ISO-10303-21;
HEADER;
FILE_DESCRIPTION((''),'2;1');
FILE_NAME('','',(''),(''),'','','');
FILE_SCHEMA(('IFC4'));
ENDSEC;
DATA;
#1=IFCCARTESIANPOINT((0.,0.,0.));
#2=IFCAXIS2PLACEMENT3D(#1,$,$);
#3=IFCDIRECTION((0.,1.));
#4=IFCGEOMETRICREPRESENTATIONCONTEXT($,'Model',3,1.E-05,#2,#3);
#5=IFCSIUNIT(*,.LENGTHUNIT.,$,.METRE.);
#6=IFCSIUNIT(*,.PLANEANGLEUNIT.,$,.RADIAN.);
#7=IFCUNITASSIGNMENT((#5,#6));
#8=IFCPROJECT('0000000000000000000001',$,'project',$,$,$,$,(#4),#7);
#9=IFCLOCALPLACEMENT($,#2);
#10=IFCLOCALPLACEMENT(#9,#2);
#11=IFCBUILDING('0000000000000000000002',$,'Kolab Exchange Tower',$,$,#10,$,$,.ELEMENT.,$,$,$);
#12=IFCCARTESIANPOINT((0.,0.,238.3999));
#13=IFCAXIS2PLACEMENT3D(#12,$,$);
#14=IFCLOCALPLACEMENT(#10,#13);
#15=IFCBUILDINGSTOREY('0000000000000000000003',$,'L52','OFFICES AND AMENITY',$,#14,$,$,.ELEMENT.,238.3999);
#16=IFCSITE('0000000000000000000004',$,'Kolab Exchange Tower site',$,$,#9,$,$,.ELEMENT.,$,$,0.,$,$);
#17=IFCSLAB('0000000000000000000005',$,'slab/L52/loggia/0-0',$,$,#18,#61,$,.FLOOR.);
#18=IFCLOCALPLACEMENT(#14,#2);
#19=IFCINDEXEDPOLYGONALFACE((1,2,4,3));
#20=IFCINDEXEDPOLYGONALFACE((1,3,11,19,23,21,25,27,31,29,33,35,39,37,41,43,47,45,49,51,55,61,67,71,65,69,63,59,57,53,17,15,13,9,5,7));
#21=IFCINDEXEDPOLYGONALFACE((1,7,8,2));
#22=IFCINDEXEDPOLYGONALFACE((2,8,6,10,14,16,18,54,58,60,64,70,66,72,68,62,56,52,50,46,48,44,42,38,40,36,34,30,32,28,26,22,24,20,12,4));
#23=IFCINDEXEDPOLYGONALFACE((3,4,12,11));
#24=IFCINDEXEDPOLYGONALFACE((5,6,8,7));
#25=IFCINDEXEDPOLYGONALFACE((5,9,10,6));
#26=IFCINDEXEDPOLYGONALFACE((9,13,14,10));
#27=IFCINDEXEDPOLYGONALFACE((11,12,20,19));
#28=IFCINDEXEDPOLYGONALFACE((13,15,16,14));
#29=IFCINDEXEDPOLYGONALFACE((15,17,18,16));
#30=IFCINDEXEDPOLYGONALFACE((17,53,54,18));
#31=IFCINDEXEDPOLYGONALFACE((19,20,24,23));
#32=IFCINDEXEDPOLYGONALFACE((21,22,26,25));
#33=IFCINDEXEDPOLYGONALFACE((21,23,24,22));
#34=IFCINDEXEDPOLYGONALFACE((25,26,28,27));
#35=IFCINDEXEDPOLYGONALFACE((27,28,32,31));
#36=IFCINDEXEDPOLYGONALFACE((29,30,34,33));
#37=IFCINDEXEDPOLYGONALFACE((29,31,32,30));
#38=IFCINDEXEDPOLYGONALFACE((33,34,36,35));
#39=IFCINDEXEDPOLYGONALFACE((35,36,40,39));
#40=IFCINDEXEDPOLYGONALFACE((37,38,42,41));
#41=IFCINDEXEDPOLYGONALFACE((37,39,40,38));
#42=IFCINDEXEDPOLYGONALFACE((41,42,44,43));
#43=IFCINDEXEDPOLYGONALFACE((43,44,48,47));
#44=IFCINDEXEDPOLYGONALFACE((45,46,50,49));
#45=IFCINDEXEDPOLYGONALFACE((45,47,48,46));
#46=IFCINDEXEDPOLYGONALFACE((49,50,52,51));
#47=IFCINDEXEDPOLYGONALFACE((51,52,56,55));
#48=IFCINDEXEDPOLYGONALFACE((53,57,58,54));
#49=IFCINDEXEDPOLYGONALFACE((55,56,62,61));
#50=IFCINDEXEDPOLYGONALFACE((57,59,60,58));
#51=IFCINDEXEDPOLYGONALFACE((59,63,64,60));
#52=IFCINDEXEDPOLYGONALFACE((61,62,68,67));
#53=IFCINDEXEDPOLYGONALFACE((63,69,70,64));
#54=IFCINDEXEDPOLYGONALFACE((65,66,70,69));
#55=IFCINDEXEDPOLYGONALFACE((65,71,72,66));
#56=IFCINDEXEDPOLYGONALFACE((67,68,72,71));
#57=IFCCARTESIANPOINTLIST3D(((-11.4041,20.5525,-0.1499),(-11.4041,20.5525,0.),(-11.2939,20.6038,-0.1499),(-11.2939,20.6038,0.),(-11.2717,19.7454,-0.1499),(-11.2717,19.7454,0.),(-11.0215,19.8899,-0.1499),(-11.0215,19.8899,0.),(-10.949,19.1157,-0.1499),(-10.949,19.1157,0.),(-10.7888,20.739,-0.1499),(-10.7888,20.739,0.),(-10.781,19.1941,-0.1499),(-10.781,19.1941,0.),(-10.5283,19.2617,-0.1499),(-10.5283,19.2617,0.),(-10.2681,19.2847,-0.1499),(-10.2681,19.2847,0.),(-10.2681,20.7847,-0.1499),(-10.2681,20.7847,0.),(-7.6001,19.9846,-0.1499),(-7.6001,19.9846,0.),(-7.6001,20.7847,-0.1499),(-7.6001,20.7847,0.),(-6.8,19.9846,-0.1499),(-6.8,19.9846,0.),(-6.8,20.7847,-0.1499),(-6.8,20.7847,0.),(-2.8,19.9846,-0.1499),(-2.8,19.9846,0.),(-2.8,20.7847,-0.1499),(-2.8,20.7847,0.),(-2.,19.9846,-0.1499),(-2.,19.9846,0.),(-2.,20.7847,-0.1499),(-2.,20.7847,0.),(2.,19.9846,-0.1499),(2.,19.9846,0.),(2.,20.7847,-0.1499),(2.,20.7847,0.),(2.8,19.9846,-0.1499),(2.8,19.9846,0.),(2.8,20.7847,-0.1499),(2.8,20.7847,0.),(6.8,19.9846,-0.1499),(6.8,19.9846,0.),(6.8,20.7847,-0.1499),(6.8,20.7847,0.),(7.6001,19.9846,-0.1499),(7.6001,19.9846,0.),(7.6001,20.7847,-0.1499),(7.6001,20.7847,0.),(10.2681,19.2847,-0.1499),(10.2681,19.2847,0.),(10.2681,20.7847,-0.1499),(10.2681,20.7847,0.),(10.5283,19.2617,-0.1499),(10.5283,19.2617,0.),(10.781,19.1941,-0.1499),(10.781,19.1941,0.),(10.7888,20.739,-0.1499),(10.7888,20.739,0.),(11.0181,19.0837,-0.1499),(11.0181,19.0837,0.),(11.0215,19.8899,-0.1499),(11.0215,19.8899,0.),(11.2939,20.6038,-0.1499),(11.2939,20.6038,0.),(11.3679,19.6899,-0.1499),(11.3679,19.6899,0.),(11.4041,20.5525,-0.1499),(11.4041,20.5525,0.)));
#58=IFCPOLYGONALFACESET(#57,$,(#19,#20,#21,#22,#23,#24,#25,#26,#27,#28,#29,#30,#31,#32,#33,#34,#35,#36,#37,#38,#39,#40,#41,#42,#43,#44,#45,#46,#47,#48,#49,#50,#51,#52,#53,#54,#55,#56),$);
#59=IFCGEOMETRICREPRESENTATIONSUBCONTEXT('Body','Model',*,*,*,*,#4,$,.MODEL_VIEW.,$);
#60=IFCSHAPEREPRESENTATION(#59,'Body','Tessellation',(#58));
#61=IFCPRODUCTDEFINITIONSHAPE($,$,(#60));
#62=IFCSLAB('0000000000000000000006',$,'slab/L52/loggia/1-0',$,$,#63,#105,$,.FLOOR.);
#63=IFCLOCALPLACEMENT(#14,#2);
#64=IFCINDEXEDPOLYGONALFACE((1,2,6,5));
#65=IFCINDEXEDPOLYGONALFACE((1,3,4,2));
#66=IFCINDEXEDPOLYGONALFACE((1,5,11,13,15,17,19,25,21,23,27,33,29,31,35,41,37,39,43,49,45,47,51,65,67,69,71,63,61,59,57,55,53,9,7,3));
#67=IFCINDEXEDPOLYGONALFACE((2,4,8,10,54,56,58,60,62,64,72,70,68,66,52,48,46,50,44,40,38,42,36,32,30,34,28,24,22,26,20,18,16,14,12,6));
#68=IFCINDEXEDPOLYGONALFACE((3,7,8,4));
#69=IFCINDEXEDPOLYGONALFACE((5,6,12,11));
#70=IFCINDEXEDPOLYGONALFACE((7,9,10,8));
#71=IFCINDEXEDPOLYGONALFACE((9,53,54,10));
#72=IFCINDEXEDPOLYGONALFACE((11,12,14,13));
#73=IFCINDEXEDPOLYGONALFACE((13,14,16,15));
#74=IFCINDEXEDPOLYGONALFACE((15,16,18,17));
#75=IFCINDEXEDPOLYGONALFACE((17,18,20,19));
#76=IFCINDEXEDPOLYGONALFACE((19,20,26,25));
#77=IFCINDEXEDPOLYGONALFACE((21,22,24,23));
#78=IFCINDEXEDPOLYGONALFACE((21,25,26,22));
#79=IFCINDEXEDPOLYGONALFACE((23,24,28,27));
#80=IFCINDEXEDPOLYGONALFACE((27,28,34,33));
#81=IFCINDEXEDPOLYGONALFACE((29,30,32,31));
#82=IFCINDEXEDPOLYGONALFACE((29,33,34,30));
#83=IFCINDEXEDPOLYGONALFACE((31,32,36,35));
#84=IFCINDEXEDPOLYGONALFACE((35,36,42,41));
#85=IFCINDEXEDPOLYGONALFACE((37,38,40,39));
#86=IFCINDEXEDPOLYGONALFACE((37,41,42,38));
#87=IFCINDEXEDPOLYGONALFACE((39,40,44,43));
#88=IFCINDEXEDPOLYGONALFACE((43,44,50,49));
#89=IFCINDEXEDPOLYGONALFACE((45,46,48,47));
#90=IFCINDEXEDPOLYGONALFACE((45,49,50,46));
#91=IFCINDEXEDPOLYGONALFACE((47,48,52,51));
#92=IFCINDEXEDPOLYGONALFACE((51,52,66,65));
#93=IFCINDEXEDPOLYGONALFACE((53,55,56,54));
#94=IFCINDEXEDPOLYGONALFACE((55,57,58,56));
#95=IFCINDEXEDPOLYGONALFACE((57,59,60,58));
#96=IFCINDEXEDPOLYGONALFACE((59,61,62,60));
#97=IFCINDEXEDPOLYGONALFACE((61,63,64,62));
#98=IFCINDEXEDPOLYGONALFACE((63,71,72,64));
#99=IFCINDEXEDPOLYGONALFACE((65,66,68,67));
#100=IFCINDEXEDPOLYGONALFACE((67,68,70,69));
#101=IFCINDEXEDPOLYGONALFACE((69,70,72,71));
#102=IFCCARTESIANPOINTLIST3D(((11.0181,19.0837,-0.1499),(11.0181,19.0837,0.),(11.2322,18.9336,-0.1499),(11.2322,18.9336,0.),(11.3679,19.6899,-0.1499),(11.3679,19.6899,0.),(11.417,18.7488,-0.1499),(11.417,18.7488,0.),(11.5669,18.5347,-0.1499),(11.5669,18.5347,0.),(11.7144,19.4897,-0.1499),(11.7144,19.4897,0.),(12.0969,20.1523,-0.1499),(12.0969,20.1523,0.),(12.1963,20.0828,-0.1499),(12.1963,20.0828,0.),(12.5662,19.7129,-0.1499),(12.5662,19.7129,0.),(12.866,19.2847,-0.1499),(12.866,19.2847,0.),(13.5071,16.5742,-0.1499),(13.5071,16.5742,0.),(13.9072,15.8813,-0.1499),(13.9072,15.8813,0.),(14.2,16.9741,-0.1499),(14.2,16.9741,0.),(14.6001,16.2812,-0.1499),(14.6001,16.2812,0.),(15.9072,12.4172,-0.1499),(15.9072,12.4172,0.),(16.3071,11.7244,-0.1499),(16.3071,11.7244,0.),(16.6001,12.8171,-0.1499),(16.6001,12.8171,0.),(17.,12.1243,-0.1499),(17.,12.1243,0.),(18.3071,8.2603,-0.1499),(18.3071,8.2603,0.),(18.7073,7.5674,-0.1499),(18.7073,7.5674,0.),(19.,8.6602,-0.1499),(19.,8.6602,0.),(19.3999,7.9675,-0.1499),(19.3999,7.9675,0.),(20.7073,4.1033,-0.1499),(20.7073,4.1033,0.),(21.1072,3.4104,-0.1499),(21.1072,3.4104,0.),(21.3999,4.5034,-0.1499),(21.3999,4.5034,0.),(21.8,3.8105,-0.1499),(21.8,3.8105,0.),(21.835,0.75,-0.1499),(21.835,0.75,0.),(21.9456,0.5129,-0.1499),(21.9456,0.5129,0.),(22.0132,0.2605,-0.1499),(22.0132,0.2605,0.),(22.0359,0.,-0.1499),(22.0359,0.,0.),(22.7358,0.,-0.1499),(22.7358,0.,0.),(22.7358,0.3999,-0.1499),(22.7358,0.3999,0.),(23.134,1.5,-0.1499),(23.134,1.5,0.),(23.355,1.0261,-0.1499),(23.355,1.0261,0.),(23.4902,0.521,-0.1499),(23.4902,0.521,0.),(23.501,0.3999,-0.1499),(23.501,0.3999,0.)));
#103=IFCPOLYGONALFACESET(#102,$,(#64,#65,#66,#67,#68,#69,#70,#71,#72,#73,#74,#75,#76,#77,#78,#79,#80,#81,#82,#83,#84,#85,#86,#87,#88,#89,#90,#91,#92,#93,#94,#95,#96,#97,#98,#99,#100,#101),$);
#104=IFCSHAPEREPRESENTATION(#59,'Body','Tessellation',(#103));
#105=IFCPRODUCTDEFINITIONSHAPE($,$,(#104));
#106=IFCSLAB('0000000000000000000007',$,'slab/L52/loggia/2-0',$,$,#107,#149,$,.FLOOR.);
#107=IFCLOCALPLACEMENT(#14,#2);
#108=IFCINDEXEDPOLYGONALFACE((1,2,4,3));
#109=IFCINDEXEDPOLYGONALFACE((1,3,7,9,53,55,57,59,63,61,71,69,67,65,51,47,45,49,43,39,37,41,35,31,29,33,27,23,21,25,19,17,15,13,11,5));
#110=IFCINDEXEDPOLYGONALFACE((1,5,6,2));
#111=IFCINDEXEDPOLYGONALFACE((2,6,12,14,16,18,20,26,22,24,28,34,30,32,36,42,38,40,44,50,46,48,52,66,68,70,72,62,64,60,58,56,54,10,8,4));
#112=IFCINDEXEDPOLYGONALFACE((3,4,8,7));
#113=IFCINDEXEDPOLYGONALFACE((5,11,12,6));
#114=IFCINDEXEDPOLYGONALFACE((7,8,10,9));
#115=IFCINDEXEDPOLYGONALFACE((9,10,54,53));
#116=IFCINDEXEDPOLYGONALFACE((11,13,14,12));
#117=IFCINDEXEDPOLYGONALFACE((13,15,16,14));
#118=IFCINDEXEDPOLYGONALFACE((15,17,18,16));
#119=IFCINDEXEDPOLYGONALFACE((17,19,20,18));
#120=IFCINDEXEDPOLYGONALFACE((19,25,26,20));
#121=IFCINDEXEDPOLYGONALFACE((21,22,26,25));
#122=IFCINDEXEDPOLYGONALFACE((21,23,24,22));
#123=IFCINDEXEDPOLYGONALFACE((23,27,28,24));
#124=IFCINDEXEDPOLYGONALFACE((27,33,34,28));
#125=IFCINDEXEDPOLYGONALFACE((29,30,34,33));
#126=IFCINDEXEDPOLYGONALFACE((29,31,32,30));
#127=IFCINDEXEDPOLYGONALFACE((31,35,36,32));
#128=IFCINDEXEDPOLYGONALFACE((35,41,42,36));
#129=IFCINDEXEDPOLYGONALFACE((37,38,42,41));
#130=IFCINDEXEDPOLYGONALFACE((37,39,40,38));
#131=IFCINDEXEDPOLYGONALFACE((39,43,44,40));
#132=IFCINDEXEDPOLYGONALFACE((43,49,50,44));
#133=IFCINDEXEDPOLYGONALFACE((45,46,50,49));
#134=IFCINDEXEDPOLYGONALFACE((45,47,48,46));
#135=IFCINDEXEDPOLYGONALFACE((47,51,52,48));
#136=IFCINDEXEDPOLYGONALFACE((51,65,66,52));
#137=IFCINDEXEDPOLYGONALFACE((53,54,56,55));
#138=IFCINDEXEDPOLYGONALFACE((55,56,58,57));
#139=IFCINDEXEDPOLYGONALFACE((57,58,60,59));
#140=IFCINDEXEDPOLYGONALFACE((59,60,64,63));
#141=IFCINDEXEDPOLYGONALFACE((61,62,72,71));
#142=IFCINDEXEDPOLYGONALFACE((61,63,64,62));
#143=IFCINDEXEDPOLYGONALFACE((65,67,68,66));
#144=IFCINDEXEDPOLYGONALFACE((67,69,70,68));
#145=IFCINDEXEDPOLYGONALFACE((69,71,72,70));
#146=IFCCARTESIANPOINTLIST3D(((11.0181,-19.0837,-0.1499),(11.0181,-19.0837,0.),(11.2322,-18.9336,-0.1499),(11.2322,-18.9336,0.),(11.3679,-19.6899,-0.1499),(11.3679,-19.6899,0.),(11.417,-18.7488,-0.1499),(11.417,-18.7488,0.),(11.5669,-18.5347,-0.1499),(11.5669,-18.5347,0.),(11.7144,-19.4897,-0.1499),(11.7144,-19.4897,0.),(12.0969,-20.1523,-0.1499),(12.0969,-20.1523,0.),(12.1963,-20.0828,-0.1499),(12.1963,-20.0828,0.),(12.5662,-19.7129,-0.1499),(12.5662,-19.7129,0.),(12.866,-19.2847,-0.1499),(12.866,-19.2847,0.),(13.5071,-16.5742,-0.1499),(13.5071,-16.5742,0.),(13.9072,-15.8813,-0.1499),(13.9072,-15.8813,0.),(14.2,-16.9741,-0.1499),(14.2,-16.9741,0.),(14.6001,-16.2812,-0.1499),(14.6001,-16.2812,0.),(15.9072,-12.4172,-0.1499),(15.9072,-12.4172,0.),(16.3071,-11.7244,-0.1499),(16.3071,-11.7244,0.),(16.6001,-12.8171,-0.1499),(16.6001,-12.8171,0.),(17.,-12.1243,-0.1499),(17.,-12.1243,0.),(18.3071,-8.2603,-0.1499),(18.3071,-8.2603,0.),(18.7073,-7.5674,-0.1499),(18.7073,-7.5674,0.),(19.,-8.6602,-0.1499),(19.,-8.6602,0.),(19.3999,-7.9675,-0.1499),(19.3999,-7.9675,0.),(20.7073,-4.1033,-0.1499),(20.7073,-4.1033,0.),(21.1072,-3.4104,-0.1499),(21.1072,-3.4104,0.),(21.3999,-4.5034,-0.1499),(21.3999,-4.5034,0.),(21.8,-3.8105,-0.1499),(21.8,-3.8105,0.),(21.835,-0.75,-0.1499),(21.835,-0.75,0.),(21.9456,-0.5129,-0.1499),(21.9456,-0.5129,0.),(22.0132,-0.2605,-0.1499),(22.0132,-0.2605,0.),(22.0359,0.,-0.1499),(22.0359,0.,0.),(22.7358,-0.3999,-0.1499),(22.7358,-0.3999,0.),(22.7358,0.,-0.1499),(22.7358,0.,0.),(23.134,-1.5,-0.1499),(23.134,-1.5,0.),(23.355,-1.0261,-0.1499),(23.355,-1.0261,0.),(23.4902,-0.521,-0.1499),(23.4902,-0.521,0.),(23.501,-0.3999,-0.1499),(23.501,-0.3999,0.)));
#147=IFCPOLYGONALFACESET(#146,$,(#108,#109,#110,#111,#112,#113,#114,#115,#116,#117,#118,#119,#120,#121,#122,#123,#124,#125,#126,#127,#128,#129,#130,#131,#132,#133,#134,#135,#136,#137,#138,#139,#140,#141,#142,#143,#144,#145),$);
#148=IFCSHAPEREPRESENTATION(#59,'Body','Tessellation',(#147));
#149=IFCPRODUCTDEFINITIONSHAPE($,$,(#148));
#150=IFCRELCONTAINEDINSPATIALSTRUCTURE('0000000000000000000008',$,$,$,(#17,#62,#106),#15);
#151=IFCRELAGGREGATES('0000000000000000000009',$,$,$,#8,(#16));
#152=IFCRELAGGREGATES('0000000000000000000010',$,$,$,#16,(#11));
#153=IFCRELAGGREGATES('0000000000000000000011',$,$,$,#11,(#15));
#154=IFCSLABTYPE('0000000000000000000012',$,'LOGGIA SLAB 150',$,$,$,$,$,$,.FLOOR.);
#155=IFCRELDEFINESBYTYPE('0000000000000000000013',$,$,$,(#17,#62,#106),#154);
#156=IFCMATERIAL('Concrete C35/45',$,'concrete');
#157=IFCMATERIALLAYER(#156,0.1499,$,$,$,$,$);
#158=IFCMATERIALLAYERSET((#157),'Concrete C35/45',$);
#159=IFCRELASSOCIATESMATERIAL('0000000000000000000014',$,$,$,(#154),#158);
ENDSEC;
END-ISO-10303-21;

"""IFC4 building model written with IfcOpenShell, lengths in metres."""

from ifc_helpers import new_model, si_unit, direction, frame, origin, place, context, subcontext, project, spatial, polyline, outline, extrude, material, layer, layer_set, type_object, element, save


model = new_model("IFC4")

# Units and contexts
model_context = context("Model", 3, precision=1e-05, world=origin(), true_north=direction((0.0, 1.0)))
body_context = subcontext(model_context, "Body", "Model", "MODEL_VIEW")
ifc_project = project(units=[si_unit("LENGTHUNIT", "METRE"), si_unit("PLANEANGLEUNIT", "RADIAN")], contexts=[model_context])

# Site, building, storey
site_placement = place(None, origin())
site = spatial("IfcSite", under=ifc_project, at=site_placement, Name="Kolab Exchange Tower site", CompositionType="ELEMENT", RefElevation=0.0)
building_placement = place(site_placement, origin())
building = spatial("IfcBuilding", under=site, at=building_placement, Name="Kolab Exchange Tower", CompositionType="ELEMENT")
storey_placement = place(building_placement, frame((0.0, 0.0, 238.3999)))
storey = spatial("IfcBuildingStorey", under=building, at=storey_placement, Name="L52", Description="OFFICES AND AMENITY", CompositionType="ELEMENT", Elevation=238.3999)

# Slabs
ifc_material_1 = material(Name="Concrete C35/45", Category="concrete")
ifc_layer_1 = layer(ifc_material_1, 0.1499)
ifc_layer_set_1 = layer_set([ifc_layer_1], Name="Concrete C35/45")
slab_type_1 = type_object("IfcSlabType", Name="LOGGIA SLAB 150", PredefinedType="FLOOR", material=ifc_layer_set_1)
slab_1_placement = place(storey_placement, frame((0.0, 0.0, -0.1499)))
element("IfcSlab", 1, at=slab_1_placement, inside=storey, type_object=slab_type_1, Name="slab/L52/loggia/0-0", PredefinedType="FLOOR", context=body_context, shape_type="SweptSolid", body=[
    extrude(outline(polyline([(10.781, 19.1941), (11.0181, 19.0837), (11.3679, 19.6899), (11.0215, 19.8899), (11.4041, 20.5525), (11.2939, 20.6038), (10.7888, 20.739), (10.2681, 20.7847), (7.6001, 20.7847), (7.6001, 19.9846), (6.8, 19.9846), (6.8, 20.7847), (2.8, 20.7847), (2.8, 19.9846), (2.0, 19.9846), (2.0, 20.7847), (-2.0, 20.7847), (-2.0, 19.9846), (-2.8, 19.9846), (-2.8, 20.7847), (-6.8, 20.7847), (-6.8, 19.9846), (-7.6001, 19.9846), (-7.6001, 20.7847), (-10.2681, 20.7847), (-10.7888, 20.739), (-11.2939, 20.6038), (-11.4041, 20.5525), (-11.0215, 19.8899), (-11.2717, 19.7454), (-10.949, 19.1157), (-10.781, 19.1941), (-10.5283, 19.2617), (-10.2681, 19.2847), (10.2681, 19.2847), (10.5283, 19.2617), (10.781, 19.1941)])), origin(), (0.0, 0.0, 1.0), 0.1499),
])
slab_2_placement = place(storey_placement, frame((0.0, 0.0, -0.1499)))
element("IfcSlab", 2, at=slab_2_placement, inside=storey, type_object=slab_type_1, Name="slab/L52/loggia/1-0", PredefinedType="FLOOR", context=body_context, shape_type="SweptSolid", body=[
    extrude(outline(polyline([(22.0132, 0.2605), (22.0359, 0.0), (22.7358, 0.0), (22.7358, 0.3999), (23.501, 0.3999), (23.4902, 0.521), (23.355, 1.0261), (23.134, 1.5), (21.8, 3.8105), (21.1072, 3.4104), (20.7073, 4.1033), (21.3999, 4.5034), (19.3999, 7.9675), (18.7073, 7.5674), (18.3071, 8.2603), (19.0, 8.6602), (17.0, 12.1243), (16.3071, 11.7244), (15.9072, 12.4172), (16.6001, 12.8171), (14.6001, 16.2812), (13.9072, 15.8813), (13.5071, 16.5742), (14.2, 16.9741), (12.866, 19.2847), (12.5662, 19.7129), (12.1963, 20.0828), (12.0969, 20.1523), (11.7144, 19.4897), (11.3679, 19.6899), (11.0181, 19.0837), (11.2322, 18.9336), (11.417, 18.7488), (11.5669, 18.5347), (21.835, 0.75), (21.9456, 0.5129), (22.0132, 0.2605)])), origin(), (0.0, 0.0, 1.0), 0.1499),
])
slab_3_placement = place(storey_placement, frame((0.0, 0.0, -0.1499)))
element("IfcSlab", 3, at=slab_3_placement, inside=storey, type_object=slab_type_1, Name="slab/L52/loggia/2-0", PredefinedType="FLOOR", context=body_context, shape_type="SweptSolid", body=[
    extrude(outline(polyline([(12.5662, -19.7129), (12.866, -19.2847), (14.2, -16.9741), (13.5071, -16.5742), (13.9072, -15.8813), (14.6001, -16.2812), (16.6001, -12.8171), (15.9072, -12.4172), (16.3071, -11.7244), (17.0, -12.1243), (19.0, -8.6602), (18.3071, -8.2603), (18.7073, -7.5674), (19.3999, -7.9675), (21.3999, -4.5034), (20.7073, -4.1033), (21.1072, -3.4104), (21.8, -3.8105), (23.134, -1.5), (23.355, -1.0261), (23.4902, -0.521), (23.501, -0.3999), (22.7358, -0.3999), (22.7358, 0.0), (22.0359, 0.0), (22.0132, -0.2605), (21.9456, -0.5129), (21.835, -0.75), (11.5669, -18.5347), (11.417, -18.7488), (11.2322, -18.9336), (11.0181, -19.0837), (11.3679, -19.6899), (11.7144, -19.4897), (12.0969, -20.1523), (12.1963, -20.0828), (12.5662, -19.7129)])), origin(), (0.0, 0.0, 1.0), 0.1499),
])

save(model, "model.ifc")
